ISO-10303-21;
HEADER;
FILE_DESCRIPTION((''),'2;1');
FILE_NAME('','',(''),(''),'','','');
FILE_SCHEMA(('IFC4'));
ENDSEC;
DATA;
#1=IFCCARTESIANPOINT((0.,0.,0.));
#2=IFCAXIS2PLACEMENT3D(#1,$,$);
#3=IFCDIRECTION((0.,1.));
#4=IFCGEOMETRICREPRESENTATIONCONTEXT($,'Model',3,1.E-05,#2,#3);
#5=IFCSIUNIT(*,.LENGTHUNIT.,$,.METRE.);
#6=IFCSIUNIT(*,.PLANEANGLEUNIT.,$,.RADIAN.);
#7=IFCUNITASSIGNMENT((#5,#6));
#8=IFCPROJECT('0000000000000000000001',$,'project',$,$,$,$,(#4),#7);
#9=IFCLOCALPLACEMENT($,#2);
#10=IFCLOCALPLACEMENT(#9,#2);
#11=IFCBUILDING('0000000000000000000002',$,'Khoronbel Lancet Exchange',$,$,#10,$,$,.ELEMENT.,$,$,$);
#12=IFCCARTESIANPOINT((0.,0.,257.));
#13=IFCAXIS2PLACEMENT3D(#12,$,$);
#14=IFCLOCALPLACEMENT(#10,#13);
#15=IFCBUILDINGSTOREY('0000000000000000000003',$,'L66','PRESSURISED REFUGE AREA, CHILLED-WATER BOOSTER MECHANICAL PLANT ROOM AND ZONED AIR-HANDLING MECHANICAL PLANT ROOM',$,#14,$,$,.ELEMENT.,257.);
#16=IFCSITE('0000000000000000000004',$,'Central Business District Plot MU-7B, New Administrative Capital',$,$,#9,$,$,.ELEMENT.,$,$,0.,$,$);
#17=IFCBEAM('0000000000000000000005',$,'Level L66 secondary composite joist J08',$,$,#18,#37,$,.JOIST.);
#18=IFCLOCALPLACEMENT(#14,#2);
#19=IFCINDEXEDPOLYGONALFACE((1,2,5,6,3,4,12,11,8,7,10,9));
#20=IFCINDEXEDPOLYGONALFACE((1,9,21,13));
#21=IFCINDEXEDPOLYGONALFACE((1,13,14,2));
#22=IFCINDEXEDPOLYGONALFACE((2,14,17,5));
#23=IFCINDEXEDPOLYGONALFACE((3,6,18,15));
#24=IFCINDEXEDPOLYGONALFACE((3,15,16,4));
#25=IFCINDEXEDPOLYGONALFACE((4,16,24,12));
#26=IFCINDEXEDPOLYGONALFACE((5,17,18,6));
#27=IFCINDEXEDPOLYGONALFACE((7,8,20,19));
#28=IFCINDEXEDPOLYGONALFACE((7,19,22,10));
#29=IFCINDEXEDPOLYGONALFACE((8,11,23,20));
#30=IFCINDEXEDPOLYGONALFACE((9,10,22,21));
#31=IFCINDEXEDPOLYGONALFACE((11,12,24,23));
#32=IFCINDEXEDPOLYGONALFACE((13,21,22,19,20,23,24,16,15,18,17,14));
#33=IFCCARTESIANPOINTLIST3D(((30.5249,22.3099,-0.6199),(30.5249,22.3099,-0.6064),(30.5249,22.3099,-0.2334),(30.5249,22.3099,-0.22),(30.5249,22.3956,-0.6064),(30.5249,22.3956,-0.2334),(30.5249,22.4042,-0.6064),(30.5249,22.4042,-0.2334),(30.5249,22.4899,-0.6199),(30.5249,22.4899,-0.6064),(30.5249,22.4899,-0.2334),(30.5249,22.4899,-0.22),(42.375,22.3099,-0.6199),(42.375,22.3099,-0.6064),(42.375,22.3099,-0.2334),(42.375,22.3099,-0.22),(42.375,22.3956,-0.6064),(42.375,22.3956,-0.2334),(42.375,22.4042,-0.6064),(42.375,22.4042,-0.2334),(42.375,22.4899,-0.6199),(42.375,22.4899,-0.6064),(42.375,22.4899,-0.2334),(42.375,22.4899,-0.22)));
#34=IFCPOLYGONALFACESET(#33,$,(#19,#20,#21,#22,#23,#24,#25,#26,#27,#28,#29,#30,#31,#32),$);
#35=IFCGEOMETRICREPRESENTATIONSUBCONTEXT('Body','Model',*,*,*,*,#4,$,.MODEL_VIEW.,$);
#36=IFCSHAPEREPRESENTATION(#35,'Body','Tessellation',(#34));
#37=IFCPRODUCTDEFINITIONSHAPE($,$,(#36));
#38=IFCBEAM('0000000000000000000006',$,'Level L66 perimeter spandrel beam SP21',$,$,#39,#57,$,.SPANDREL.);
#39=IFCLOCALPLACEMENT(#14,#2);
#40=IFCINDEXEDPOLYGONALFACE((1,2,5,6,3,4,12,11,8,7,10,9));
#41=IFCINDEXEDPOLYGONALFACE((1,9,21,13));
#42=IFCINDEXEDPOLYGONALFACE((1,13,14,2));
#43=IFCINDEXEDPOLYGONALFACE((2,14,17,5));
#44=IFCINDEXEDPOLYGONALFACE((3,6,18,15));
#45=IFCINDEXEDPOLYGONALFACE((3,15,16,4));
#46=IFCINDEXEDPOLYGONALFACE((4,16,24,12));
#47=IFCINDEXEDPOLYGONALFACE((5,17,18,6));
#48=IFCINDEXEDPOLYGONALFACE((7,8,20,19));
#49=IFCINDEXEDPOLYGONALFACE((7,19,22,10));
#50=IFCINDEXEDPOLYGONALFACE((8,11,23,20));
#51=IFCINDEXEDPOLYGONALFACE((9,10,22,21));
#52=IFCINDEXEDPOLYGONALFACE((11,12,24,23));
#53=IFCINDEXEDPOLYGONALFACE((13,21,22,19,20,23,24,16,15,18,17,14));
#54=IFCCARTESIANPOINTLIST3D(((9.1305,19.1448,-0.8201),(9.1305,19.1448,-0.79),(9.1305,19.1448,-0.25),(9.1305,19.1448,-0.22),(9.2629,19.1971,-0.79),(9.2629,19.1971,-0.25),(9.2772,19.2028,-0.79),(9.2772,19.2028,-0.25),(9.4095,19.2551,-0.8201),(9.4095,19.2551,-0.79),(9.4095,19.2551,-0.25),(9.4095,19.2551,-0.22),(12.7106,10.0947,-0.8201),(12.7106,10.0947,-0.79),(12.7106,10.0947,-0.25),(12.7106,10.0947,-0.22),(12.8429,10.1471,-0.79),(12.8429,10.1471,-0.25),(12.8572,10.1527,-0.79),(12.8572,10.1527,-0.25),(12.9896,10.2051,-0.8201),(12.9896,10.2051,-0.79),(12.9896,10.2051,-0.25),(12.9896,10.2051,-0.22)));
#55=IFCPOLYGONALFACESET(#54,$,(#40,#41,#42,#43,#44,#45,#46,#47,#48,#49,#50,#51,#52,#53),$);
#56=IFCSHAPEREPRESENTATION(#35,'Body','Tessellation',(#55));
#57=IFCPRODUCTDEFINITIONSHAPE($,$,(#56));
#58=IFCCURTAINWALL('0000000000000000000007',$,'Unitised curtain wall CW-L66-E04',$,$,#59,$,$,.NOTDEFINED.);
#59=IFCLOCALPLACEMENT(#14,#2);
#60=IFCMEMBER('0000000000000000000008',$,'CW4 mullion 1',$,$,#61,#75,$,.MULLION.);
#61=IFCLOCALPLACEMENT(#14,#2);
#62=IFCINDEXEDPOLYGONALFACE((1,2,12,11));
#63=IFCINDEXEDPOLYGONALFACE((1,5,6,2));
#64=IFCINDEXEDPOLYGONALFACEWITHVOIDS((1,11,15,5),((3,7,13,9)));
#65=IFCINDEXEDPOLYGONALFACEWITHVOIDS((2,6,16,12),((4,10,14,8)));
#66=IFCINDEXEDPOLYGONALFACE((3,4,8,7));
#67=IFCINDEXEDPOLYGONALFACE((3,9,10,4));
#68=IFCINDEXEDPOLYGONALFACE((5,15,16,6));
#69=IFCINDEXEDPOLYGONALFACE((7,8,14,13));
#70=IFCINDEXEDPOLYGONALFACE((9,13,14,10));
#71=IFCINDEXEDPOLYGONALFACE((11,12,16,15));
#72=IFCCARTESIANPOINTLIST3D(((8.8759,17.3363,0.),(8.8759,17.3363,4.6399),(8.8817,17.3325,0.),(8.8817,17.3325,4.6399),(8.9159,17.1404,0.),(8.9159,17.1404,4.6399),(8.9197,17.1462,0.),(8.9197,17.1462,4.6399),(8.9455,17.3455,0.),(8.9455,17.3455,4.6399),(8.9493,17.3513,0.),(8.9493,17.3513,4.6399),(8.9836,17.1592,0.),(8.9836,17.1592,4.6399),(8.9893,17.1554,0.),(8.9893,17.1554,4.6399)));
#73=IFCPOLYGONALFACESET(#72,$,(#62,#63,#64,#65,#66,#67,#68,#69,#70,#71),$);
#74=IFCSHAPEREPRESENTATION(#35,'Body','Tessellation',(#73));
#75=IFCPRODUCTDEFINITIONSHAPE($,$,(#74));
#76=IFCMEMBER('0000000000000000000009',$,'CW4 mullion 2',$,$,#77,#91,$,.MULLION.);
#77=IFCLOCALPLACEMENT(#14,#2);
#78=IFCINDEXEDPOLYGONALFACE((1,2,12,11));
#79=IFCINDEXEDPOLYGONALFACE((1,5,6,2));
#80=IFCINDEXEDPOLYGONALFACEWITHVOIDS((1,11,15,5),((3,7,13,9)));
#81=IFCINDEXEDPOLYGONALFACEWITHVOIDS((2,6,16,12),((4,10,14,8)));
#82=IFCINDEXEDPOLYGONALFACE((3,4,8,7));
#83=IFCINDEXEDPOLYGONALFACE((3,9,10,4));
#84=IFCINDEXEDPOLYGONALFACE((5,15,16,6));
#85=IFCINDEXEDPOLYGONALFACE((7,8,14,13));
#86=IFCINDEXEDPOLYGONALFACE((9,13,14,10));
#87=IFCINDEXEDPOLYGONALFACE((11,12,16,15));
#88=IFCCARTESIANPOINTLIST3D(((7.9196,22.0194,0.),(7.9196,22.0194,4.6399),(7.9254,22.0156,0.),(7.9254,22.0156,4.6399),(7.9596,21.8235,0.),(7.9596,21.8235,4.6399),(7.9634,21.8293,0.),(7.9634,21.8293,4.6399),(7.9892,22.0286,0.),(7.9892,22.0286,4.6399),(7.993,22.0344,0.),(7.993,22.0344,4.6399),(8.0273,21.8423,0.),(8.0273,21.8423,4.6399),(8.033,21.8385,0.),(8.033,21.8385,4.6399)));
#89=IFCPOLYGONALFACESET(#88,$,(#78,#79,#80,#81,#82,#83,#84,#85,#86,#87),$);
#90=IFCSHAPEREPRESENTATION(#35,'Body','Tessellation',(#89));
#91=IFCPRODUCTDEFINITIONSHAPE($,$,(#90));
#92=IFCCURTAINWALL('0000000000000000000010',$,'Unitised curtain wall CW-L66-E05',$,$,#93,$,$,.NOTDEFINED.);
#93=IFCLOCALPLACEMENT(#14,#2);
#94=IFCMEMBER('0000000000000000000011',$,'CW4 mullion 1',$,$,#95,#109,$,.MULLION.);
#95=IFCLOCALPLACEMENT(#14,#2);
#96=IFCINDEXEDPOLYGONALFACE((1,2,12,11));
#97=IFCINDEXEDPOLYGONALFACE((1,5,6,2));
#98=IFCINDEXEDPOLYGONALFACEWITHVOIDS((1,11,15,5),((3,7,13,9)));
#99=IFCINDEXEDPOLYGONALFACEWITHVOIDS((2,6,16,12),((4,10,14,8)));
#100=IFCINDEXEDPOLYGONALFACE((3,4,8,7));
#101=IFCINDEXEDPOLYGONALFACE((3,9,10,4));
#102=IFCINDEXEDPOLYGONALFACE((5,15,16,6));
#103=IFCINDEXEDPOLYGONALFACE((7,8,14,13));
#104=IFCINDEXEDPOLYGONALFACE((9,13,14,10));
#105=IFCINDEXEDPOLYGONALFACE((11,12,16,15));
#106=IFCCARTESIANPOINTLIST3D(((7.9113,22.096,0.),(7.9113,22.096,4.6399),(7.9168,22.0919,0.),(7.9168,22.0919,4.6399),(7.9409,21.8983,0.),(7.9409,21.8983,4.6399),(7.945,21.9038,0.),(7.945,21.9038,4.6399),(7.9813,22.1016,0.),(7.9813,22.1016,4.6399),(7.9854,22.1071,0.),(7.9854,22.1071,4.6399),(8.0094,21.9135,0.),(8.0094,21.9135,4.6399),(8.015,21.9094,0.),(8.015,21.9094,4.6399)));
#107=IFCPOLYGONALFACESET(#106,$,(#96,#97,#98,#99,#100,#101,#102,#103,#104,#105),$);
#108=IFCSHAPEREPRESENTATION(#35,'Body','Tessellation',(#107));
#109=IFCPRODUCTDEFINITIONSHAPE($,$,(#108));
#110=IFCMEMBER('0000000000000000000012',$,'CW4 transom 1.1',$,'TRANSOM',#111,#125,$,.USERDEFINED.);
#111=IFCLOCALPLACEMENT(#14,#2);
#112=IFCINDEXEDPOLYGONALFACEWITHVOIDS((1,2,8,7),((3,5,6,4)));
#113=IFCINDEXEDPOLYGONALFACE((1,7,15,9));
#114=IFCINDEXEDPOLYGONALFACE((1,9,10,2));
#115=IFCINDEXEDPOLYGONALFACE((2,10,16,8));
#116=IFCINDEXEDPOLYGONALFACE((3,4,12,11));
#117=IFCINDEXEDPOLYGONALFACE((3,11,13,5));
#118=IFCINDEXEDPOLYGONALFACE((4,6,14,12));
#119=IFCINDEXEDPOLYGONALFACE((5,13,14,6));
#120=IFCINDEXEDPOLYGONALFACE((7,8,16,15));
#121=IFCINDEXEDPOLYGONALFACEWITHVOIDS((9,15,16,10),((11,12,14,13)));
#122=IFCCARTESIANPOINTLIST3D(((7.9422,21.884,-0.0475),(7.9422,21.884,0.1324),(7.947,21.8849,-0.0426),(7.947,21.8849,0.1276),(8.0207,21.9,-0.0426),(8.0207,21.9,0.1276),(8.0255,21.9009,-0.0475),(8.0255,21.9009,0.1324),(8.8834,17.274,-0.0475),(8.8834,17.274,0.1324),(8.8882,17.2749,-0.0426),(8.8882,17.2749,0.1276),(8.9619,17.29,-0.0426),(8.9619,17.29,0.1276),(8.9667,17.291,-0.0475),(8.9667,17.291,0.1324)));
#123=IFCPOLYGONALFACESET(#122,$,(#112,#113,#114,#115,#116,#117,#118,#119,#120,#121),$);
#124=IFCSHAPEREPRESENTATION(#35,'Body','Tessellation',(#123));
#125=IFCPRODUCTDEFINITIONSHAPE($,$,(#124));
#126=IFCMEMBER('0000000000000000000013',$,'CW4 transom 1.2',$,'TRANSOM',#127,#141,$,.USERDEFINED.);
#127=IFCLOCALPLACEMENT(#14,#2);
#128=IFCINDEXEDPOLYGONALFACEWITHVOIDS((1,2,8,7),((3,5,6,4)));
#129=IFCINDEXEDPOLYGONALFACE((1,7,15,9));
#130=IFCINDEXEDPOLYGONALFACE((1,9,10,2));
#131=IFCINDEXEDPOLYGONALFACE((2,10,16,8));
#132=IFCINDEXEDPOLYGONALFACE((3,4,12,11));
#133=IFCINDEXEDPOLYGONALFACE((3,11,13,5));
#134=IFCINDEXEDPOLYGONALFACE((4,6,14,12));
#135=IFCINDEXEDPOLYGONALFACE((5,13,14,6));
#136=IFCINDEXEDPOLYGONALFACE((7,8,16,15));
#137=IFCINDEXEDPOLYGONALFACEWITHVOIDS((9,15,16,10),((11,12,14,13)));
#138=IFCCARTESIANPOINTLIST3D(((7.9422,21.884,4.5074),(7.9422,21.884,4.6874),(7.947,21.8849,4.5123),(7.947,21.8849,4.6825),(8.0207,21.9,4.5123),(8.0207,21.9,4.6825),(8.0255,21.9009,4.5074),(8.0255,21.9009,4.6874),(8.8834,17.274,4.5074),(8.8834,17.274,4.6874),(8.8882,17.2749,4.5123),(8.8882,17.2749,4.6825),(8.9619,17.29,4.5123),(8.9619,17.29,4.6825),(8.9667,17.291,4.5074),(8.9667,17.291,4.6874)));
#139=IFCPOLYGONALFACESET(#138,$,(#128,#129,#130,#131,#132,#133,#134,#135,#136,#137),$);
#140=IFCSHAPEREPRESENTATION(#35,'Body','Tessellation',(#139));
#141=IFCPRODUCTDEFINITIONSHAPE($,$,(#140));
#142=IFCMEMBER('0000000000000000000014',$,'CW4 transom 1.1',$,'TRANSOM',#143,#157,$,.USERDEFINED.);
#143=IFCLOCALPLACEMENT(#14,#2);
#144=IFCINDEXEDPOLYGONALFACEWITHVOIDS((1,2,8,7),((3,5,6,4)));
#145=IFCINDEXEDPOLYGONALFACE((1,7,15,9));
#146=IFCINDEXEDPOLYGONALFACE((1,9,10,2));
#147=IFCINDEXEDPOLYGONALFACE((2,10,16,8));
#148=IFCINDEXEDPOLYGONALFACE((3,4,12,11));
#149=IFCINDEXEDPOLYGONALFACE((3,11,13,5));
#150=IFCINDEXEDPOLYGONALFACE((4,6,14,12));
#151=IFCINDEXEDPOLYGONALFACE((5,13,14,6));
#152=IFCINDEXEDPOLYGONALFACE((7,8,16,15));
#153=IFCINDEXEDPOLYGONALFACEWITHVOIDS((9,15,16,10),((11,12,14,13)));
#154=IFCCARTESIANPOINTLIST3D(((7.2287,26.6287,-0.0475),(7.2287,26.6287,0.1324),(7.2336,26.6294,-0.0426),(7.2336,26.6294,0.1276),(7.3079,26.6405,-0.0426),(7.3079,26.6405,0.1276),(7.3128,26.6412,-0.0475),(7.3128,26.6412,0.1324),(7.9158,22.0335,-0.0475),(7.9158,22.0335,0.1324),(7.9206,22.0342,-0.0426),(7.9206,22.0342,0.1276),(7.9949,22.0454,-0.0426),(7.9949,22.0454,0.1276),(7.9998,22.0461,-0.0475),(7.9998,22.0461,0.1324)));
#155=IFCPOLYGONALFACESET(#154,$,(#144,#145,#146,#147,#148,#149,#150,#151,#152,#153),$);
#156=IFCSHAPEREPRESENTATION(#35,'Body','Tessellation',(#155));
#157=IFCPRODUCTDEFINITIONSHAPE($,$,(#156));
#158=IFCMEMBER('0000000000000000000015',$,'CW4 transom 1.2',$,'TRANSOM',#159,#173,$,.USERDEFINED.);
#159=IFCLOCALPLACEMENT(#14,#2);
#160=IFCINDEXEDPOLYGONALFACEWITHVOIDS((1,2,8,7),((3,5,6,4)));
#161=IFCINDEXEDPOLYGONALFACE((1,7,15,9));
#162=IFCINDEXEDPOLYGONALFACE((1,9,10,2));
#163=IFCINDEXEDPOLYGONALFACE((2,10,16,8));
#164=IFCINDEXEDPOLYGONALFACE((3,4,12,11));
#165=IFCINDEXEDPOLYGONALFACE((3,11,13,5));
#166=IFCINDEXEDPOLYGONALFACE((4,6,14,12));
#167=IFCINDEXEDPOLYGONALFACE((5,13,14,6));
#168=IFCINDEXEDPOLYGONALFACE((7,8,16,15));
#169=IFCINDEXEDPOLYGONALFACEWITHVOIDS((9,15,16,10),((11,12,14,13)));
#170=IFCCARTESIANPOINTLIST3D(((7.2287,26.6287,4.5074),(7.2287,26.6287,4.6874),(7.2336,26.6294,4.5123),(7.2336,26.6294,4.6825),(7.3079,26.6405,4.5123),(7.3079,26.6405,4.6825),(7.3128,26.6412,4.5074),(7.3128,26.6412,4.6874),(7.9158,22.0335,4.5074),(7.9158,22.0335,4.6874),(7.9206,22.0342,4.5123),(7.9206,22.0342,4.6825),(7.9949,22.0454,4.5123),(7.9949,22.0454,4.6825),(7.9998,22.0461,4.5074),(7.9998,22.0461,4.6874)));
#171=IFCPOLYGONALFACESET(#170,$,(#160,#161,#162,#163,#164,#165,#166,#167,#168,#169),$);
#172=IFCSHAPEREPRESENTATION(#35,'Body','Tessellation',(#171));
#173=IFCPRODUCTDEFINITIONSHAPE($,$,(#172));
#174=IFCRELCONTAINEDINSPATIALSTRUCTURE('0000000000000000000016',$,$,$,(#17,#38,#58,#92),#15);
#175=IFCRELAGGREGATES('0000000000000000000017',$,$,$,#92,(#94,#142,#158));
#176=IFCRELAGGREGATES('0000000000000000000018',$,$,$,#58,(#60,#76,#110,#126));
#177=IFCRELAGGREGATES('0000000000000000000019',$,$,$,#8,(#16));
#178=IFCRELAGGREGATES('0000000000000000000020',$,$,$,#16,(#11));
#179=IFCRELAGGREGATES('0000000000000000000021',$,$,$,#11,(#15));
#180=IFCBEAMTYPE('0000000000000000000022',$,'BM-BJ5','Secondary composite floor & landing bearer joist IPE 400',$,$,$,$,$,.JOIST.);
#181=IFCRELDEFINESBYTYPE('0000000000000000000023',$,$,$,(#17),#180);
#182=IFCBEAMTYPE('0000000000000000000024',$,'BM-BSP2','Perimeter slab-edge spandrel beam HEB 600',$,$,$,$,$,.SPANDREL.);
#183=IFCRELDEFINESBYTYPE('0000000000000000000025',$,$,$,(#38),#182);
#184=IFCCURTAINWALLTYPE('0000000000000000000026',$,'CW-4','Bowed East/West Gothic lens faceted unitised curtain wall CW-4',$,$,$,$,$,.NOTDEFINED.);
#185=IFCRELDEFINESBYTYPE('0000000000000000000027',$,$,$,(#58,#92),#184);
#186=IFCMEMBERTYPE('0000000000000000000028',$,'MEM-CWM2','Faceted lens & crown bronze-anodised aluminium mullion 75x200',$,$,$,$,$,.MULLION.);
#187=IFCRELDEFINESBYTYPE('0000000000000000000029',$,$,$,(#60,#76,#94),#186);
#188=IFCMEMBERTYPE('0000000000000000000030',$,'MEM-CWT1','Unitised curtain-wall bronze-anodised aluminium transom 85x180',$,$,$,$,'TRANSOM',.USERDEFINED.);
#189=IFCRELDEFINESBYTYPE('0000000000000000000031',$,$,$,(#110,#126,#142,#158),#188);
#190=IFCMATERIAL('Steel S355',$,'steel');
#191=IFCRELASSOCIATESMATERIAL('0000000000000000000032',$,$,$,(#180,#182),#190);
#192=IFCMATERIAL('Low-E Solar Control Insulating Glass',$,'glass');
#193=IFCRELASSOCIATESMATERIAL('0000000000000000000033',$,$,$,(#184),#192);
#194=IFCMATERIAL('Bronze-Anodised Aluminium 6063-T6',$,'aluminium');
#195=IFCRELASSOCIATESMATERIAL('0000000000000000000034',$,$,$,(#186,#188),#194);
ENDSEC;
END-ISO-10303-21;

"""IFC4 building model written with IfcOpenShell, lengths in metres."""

from ifc_helpers import new_model, si_unit, direction, frame, origin, origin_2d, place, context, subcontext, project, spatial, hollow_rectangle, i_section, extrude, material, material_profile, profile_set, type_object, element, aggregate, save


model = new_model("IFC4")

# Units and contexts
model_context = context("Model", 3, precision=1e-05, world=origin(), true_north=direction((0.0, 1.0)))
body_context = subcontext(model_context, "Body", "Model", "MODEL_VIEW")
ifc_project = project(units=[si_unit("LENGTHUNIT", "METRE"), si_unit("PLANEANGLEUNIT", "RADIAN")], contexts=[model_context])

# Site, building, storey
site_placement = place(None, origin())
site = spatial("IfcSite", under=ifc_project, at=site_placement, Name="Central Business District Plot MU-7B, New Administrative Capital", CompositionType="ELEMENT", RefElevation=0.0)
building_placement = place(site_placement, origin())
building = spatial("IfcBuilding", under=site, at=building_placement, Name="Khoronbel Lancet Exchange", CompositionType="ELEMENT")
storey_placement = place(building_placement, frame((0.0, 0.0, 257.0)))
storey = spatial("IfcBuildingStorey", under=building, at=storey_placement, Name="L66", Description="PRESSURISED REFUGE AREA, CHILLED-WATER BOOSTER MECHANICAL PLANT ROOM AND ZONED AIR-HANDLING MECHANICAL PLANT ROOM", CompositionType="ELEMENT", Elevation=257.0)

# Shared definitions
ifc_material_1 = material(Name="Steel S355", Category="steel")

# Beams
ifc_material_profile_1 = material_profile(ifc_material_1, i_section(OverallWidth=0.1799, OverallDepth=0.3999, WebThickness=0.0085, FlangeThickness=0.0134, at=origin_2d()), Name="IPE 400")
ifc_profile_set_1 = profile_set([ifc_material_profile_1], Name="Steel S355")
beam_type_1 = type_object("IfcBeamType", Name="BM-BJ5", Description="Secondary composite floor & landing bearer joist IPE 400", PredefinedType="JOIST", material=ifc_profile_set_1)
beam_1_placement = place(storey_placement, frame((30.5249, 22.3999, -0.4199), z_axis=(1.0, 0.0, 0.0), x_axis=(0.0, 1.0, 0.0)))
element("IfcBeam", 1, at=beam_1_placement, inside=storey, type_object=beam_type_1, Name="Level L66 secondary composite joist J08", PredefinedType="JOIST", context=body_context, shape_type="SweptSolid", body=[
    extrude(i_section(OverallWidth=0.1799, OverallDepth=0.3999, WebThickness=0.0085, FlangeThickness=0.0134, at=origin_2d()), origin(), (0.0, 0.0, 1.0), 11.8501),
])
ifc_material_profile_2 = material_profile(ifc_material_1, i_section(OverallWidth=0.3, OverallDepth=0.6001, WebThickness=0.0154, FlangeThickness=0.03, at=origin_2d()), Name="HEB 600")
ifc_profile_set_2 = profile_set([ifc_material_profile_2], Name="Steel S355")
beam_type_2 = type_object("IfcBeamType", Name="BM-BSP2", Description="Perimeter slab-edge spandrel beam HEB 600", PredefinedType="SPANDREL", material=ifc_profile_set_2)
beam_2_placement = place(storey_placement, frame((9.27, 19.2, -0.52), z_axis=(0.36785, -0.929885, 0.0), x_axis=(0.929885, 0.36785, 0.0)))
element("IfcBeam", 2, at=beam_2_placement, inside=storey, type_object=beam_type_2, Name="Level L66 perimeter spandrel beam SP21", PredefinedType="SPANDREL", context=body_context, shape_type="SweptSolid", body=[
    extrude(i_section(OverallWidth=0.3, OverallDepth=0.6001, WebThickness=0.0154, FlangeThickness=0.03, at=origin_2d()), origin(), (0.0, 0.0, 1.0), 9.7324),
])

# Curtain wall, members
ifc_material_2 = material(Name="Low-E Solar Control Insulating Glass", Category="glass")
curtain_wall_type = type_object("IfcCurtainWallType", Name="CW-4", Description="Bowed East/West Gothic lens faceted unitised curtain wall CW-4", PredefinedType="NOTDEFINED", material=ifc_material_2)
curtain_wall_1_placement = place(storey_placement, origin())
curtain_wall_1 = element("IfcCurtainWall", 3, at=curtain_wall_1_placement, inside=storey, type_object=curtain_wall_type, Name="Unitised curtain wall CW-L66-E04", PredefinedType="NOTDEFINED")
ifc_material_3 = material(Name="Bronze-Anodised Aluminium 6063-T6", Category="aluminium")
ifc_material_profile_3 = material_profile(ifc_material_3, hollow_rectangle(XDim=0.075, YDim=0.2, WallThickness=0.0049, at=origin_2d()), Name="ALU MULLION 75x200")
ifc_profile_set_3 = profile_set([ifc_material_profile_3], Name="Bronze-Anodised Aluminium 6063-T6")
member_type_1 = type_object("IfcMemberType", Name="MEM-CWM2", Description="Faceted lens & crown bronze-anodised aluminium mullion 75x200", PredefinedType="MULLION", material=ifc_profile_set_3)
member_1_placement = place(storey_placement, frame((8.9326, 17.2458, 0.0), z_axis=(0.0, 0.0, 1.0), x_axis=(-0.979785, -0.200052, 0.0)))
member_1 = element("IfcMember", 4, at=member_1_placement, type_object=member_type_1, Name="CW4 mullion 1", PredefinedType="MULLION", context=body_context, shape_type="SweptSolid", body=[
    extrude(hollow_rectangle(XDim=0.075, YDim=0.2, WallThickness=0.0049, at=origin_2d()), origin(), (0.0, 0.0, 1.0), 4.6399),
])
member_2_placement = place(storey_placement, frame((7.9763, 21.929, 0.0), z_axis=(0.0, 0.0, 1.0), x_axis=(-0.979785, -0.200052, 0.0)))
member_2 = element("IfcMember", 5, at=member_2_placement, type_object=member_type_1, Name="CW4 mullion 2", PredefinedType="MULLION", context=body_context, shape_type="SweptSolid", body=[
    extrude(hollow_rectangle(XDim=0.075, YDim=0.2, WallThickness=0.0049, at=origin_2d()), origin(), (0.0, 0.0, 1.0), 4.6399),
])

# Curtain wall, member
curtain_wall_2_placement = place(storey_placement, origin())
curtain_wall_2 = element("IfcCurtainWall", 6, at=curtain_wall_2_placement, inside=storey, type_object=curtain_wall_type, Name="Unitised curtain wall CW-L66-E05", PredefinedType="NOTDEFINED")
member_3_placement = place(storey_placement, frame((7.9631, 22.0027, 0.0), z_axis=(0.0, 0.0, 1.0), x_axis=(-0.989007, -0.147869, 0.0)))
member_3 = element("IfcMember", 7, at=member_3_placement, type_object=member_type_1, Name="CW4 mullion 1", PredefinedType="MULLION", context=body_context, shape_type="SweptSolid", body=[
    extrude(hollow_rectangle(XDim=0.075, YDim=0.2, WallThickness=0.0049, at=origin_2d()), origin(), (0.0, 0.0, 1.0), 4.6399),
])

# Members
ifc_material_profile_4 = material_profile(ifc_material_3, hollow_rectangle(XDim=0.085, YDim=0.1799, WallThickness=0.0049, at=origin_2d()), Name="ALU TRANSOM 85x180")
ifc_profile_set_4 = profile_set([ifc_material_profile_4], Name="Bronze-Anodised Aluminium 6063-T6")
member_type_2 = type_object("IfcMemberType", Name="MEM-CWT1", Description="Unitised curtain-wall bronze-anodised aluminium transom 85x180", ElementType="TRANSOM", PredefinedType="USERDEFINED", material=ifc_profile_set_4)
member_4_placement = place(storey_placement, frame((8.925, 17.2825, 0.0425), z_axis=(-0.200036, 0.979788, 0.0), x_axis=(-0.979788, -0.200036, 0.0)))
member_4 = element("IfcMember", 8, at=member_4_placement, type_object=member_type_2, Name="CW4 transom 1.1", ObjectType="TRANSOM", PredefinedType="USERDEFINED", context=body_context, shape_type="SweptSolid", body=[
    extrude(hollow_rectangle(XDim=0.085, YDim=0.1799, WallThickness=0.0049, at=origin_2d()), origin(), (0.0, 0.0, 1.0), 4.7051),
])
member_5_placement = place(storey_placement, frame((8.925, 17.2825, 4.5974), z_axis=(-0.200036, 0.979788, 0.0), x_axis=(-0.979788, -0.200036, 0.0)))
member_5 = element("IfcMember", 9, at=member_5_placement, type_object=member_type_2, Name="CW4 transom 1.2", ObjectType="TRANSOM", PredefinedType="USERDEFINED", context=body_context, shape_type="SweptSolid", body=[
    extrude(hollow_rectangle(XDim=0.085, YDim=0.1799, WallThickness=0.0049, at=origin_2d()), origin(), (0.0, 0.0, 1.0), 4.7051),
])
member_6_placement = place(storey_placement, frame((7.9578, 22.0398, 0.0425), z_axis=(-0.147863, 0.989008, 0.0), x_axis=(-0.989008, -0.147863, 0.0)))
member_6 = element("IfcMember", 10, at=member_6_placement, type_object=member_type_2, Name="CW4 transom 1.1", ObjectType="TRANSOM", PredefinedType="USERDEFINED", context=body_context, shape_type="SweptSolid", body=[
    extrude(hollow_rectangle(XDim=0.085, YDim=0.1799, WallThickness=0.0049, at=origin_2d()), origin(), (0.0, 0.0, 1.0), 4.6462),
])
member_7_placement = place(storey_placement, frame((7.9578, 22.0398, 4.5974), z_axis=(-0.147863, 0.989008, 0.0), x_axis=(-0.989008, -0.147863, 0.0)))
member_7 = element("IfcMember", 11, at=member_7_placement, type_object=member_type_2, Name="CW4 transom 1.2", ObjectType="TRANSOM", PredefinedType="USERDEFINED", context=body_context, shape_type="SweptSolid", body=[
    extrude(hollow_rectangle(XDim=0.085, YDim=0.1799, WallThickness=0.0049, at=origin_2d()), origin(), (0.0, 0.0, 1.0), 4.6462),
])
aggregate(curtain_wall_2, [member_3, member_6, member_7])

aggregate(curtain_wall_1, [member_1, member_2, member_4, member_5])

save(model, "model.ifc")
